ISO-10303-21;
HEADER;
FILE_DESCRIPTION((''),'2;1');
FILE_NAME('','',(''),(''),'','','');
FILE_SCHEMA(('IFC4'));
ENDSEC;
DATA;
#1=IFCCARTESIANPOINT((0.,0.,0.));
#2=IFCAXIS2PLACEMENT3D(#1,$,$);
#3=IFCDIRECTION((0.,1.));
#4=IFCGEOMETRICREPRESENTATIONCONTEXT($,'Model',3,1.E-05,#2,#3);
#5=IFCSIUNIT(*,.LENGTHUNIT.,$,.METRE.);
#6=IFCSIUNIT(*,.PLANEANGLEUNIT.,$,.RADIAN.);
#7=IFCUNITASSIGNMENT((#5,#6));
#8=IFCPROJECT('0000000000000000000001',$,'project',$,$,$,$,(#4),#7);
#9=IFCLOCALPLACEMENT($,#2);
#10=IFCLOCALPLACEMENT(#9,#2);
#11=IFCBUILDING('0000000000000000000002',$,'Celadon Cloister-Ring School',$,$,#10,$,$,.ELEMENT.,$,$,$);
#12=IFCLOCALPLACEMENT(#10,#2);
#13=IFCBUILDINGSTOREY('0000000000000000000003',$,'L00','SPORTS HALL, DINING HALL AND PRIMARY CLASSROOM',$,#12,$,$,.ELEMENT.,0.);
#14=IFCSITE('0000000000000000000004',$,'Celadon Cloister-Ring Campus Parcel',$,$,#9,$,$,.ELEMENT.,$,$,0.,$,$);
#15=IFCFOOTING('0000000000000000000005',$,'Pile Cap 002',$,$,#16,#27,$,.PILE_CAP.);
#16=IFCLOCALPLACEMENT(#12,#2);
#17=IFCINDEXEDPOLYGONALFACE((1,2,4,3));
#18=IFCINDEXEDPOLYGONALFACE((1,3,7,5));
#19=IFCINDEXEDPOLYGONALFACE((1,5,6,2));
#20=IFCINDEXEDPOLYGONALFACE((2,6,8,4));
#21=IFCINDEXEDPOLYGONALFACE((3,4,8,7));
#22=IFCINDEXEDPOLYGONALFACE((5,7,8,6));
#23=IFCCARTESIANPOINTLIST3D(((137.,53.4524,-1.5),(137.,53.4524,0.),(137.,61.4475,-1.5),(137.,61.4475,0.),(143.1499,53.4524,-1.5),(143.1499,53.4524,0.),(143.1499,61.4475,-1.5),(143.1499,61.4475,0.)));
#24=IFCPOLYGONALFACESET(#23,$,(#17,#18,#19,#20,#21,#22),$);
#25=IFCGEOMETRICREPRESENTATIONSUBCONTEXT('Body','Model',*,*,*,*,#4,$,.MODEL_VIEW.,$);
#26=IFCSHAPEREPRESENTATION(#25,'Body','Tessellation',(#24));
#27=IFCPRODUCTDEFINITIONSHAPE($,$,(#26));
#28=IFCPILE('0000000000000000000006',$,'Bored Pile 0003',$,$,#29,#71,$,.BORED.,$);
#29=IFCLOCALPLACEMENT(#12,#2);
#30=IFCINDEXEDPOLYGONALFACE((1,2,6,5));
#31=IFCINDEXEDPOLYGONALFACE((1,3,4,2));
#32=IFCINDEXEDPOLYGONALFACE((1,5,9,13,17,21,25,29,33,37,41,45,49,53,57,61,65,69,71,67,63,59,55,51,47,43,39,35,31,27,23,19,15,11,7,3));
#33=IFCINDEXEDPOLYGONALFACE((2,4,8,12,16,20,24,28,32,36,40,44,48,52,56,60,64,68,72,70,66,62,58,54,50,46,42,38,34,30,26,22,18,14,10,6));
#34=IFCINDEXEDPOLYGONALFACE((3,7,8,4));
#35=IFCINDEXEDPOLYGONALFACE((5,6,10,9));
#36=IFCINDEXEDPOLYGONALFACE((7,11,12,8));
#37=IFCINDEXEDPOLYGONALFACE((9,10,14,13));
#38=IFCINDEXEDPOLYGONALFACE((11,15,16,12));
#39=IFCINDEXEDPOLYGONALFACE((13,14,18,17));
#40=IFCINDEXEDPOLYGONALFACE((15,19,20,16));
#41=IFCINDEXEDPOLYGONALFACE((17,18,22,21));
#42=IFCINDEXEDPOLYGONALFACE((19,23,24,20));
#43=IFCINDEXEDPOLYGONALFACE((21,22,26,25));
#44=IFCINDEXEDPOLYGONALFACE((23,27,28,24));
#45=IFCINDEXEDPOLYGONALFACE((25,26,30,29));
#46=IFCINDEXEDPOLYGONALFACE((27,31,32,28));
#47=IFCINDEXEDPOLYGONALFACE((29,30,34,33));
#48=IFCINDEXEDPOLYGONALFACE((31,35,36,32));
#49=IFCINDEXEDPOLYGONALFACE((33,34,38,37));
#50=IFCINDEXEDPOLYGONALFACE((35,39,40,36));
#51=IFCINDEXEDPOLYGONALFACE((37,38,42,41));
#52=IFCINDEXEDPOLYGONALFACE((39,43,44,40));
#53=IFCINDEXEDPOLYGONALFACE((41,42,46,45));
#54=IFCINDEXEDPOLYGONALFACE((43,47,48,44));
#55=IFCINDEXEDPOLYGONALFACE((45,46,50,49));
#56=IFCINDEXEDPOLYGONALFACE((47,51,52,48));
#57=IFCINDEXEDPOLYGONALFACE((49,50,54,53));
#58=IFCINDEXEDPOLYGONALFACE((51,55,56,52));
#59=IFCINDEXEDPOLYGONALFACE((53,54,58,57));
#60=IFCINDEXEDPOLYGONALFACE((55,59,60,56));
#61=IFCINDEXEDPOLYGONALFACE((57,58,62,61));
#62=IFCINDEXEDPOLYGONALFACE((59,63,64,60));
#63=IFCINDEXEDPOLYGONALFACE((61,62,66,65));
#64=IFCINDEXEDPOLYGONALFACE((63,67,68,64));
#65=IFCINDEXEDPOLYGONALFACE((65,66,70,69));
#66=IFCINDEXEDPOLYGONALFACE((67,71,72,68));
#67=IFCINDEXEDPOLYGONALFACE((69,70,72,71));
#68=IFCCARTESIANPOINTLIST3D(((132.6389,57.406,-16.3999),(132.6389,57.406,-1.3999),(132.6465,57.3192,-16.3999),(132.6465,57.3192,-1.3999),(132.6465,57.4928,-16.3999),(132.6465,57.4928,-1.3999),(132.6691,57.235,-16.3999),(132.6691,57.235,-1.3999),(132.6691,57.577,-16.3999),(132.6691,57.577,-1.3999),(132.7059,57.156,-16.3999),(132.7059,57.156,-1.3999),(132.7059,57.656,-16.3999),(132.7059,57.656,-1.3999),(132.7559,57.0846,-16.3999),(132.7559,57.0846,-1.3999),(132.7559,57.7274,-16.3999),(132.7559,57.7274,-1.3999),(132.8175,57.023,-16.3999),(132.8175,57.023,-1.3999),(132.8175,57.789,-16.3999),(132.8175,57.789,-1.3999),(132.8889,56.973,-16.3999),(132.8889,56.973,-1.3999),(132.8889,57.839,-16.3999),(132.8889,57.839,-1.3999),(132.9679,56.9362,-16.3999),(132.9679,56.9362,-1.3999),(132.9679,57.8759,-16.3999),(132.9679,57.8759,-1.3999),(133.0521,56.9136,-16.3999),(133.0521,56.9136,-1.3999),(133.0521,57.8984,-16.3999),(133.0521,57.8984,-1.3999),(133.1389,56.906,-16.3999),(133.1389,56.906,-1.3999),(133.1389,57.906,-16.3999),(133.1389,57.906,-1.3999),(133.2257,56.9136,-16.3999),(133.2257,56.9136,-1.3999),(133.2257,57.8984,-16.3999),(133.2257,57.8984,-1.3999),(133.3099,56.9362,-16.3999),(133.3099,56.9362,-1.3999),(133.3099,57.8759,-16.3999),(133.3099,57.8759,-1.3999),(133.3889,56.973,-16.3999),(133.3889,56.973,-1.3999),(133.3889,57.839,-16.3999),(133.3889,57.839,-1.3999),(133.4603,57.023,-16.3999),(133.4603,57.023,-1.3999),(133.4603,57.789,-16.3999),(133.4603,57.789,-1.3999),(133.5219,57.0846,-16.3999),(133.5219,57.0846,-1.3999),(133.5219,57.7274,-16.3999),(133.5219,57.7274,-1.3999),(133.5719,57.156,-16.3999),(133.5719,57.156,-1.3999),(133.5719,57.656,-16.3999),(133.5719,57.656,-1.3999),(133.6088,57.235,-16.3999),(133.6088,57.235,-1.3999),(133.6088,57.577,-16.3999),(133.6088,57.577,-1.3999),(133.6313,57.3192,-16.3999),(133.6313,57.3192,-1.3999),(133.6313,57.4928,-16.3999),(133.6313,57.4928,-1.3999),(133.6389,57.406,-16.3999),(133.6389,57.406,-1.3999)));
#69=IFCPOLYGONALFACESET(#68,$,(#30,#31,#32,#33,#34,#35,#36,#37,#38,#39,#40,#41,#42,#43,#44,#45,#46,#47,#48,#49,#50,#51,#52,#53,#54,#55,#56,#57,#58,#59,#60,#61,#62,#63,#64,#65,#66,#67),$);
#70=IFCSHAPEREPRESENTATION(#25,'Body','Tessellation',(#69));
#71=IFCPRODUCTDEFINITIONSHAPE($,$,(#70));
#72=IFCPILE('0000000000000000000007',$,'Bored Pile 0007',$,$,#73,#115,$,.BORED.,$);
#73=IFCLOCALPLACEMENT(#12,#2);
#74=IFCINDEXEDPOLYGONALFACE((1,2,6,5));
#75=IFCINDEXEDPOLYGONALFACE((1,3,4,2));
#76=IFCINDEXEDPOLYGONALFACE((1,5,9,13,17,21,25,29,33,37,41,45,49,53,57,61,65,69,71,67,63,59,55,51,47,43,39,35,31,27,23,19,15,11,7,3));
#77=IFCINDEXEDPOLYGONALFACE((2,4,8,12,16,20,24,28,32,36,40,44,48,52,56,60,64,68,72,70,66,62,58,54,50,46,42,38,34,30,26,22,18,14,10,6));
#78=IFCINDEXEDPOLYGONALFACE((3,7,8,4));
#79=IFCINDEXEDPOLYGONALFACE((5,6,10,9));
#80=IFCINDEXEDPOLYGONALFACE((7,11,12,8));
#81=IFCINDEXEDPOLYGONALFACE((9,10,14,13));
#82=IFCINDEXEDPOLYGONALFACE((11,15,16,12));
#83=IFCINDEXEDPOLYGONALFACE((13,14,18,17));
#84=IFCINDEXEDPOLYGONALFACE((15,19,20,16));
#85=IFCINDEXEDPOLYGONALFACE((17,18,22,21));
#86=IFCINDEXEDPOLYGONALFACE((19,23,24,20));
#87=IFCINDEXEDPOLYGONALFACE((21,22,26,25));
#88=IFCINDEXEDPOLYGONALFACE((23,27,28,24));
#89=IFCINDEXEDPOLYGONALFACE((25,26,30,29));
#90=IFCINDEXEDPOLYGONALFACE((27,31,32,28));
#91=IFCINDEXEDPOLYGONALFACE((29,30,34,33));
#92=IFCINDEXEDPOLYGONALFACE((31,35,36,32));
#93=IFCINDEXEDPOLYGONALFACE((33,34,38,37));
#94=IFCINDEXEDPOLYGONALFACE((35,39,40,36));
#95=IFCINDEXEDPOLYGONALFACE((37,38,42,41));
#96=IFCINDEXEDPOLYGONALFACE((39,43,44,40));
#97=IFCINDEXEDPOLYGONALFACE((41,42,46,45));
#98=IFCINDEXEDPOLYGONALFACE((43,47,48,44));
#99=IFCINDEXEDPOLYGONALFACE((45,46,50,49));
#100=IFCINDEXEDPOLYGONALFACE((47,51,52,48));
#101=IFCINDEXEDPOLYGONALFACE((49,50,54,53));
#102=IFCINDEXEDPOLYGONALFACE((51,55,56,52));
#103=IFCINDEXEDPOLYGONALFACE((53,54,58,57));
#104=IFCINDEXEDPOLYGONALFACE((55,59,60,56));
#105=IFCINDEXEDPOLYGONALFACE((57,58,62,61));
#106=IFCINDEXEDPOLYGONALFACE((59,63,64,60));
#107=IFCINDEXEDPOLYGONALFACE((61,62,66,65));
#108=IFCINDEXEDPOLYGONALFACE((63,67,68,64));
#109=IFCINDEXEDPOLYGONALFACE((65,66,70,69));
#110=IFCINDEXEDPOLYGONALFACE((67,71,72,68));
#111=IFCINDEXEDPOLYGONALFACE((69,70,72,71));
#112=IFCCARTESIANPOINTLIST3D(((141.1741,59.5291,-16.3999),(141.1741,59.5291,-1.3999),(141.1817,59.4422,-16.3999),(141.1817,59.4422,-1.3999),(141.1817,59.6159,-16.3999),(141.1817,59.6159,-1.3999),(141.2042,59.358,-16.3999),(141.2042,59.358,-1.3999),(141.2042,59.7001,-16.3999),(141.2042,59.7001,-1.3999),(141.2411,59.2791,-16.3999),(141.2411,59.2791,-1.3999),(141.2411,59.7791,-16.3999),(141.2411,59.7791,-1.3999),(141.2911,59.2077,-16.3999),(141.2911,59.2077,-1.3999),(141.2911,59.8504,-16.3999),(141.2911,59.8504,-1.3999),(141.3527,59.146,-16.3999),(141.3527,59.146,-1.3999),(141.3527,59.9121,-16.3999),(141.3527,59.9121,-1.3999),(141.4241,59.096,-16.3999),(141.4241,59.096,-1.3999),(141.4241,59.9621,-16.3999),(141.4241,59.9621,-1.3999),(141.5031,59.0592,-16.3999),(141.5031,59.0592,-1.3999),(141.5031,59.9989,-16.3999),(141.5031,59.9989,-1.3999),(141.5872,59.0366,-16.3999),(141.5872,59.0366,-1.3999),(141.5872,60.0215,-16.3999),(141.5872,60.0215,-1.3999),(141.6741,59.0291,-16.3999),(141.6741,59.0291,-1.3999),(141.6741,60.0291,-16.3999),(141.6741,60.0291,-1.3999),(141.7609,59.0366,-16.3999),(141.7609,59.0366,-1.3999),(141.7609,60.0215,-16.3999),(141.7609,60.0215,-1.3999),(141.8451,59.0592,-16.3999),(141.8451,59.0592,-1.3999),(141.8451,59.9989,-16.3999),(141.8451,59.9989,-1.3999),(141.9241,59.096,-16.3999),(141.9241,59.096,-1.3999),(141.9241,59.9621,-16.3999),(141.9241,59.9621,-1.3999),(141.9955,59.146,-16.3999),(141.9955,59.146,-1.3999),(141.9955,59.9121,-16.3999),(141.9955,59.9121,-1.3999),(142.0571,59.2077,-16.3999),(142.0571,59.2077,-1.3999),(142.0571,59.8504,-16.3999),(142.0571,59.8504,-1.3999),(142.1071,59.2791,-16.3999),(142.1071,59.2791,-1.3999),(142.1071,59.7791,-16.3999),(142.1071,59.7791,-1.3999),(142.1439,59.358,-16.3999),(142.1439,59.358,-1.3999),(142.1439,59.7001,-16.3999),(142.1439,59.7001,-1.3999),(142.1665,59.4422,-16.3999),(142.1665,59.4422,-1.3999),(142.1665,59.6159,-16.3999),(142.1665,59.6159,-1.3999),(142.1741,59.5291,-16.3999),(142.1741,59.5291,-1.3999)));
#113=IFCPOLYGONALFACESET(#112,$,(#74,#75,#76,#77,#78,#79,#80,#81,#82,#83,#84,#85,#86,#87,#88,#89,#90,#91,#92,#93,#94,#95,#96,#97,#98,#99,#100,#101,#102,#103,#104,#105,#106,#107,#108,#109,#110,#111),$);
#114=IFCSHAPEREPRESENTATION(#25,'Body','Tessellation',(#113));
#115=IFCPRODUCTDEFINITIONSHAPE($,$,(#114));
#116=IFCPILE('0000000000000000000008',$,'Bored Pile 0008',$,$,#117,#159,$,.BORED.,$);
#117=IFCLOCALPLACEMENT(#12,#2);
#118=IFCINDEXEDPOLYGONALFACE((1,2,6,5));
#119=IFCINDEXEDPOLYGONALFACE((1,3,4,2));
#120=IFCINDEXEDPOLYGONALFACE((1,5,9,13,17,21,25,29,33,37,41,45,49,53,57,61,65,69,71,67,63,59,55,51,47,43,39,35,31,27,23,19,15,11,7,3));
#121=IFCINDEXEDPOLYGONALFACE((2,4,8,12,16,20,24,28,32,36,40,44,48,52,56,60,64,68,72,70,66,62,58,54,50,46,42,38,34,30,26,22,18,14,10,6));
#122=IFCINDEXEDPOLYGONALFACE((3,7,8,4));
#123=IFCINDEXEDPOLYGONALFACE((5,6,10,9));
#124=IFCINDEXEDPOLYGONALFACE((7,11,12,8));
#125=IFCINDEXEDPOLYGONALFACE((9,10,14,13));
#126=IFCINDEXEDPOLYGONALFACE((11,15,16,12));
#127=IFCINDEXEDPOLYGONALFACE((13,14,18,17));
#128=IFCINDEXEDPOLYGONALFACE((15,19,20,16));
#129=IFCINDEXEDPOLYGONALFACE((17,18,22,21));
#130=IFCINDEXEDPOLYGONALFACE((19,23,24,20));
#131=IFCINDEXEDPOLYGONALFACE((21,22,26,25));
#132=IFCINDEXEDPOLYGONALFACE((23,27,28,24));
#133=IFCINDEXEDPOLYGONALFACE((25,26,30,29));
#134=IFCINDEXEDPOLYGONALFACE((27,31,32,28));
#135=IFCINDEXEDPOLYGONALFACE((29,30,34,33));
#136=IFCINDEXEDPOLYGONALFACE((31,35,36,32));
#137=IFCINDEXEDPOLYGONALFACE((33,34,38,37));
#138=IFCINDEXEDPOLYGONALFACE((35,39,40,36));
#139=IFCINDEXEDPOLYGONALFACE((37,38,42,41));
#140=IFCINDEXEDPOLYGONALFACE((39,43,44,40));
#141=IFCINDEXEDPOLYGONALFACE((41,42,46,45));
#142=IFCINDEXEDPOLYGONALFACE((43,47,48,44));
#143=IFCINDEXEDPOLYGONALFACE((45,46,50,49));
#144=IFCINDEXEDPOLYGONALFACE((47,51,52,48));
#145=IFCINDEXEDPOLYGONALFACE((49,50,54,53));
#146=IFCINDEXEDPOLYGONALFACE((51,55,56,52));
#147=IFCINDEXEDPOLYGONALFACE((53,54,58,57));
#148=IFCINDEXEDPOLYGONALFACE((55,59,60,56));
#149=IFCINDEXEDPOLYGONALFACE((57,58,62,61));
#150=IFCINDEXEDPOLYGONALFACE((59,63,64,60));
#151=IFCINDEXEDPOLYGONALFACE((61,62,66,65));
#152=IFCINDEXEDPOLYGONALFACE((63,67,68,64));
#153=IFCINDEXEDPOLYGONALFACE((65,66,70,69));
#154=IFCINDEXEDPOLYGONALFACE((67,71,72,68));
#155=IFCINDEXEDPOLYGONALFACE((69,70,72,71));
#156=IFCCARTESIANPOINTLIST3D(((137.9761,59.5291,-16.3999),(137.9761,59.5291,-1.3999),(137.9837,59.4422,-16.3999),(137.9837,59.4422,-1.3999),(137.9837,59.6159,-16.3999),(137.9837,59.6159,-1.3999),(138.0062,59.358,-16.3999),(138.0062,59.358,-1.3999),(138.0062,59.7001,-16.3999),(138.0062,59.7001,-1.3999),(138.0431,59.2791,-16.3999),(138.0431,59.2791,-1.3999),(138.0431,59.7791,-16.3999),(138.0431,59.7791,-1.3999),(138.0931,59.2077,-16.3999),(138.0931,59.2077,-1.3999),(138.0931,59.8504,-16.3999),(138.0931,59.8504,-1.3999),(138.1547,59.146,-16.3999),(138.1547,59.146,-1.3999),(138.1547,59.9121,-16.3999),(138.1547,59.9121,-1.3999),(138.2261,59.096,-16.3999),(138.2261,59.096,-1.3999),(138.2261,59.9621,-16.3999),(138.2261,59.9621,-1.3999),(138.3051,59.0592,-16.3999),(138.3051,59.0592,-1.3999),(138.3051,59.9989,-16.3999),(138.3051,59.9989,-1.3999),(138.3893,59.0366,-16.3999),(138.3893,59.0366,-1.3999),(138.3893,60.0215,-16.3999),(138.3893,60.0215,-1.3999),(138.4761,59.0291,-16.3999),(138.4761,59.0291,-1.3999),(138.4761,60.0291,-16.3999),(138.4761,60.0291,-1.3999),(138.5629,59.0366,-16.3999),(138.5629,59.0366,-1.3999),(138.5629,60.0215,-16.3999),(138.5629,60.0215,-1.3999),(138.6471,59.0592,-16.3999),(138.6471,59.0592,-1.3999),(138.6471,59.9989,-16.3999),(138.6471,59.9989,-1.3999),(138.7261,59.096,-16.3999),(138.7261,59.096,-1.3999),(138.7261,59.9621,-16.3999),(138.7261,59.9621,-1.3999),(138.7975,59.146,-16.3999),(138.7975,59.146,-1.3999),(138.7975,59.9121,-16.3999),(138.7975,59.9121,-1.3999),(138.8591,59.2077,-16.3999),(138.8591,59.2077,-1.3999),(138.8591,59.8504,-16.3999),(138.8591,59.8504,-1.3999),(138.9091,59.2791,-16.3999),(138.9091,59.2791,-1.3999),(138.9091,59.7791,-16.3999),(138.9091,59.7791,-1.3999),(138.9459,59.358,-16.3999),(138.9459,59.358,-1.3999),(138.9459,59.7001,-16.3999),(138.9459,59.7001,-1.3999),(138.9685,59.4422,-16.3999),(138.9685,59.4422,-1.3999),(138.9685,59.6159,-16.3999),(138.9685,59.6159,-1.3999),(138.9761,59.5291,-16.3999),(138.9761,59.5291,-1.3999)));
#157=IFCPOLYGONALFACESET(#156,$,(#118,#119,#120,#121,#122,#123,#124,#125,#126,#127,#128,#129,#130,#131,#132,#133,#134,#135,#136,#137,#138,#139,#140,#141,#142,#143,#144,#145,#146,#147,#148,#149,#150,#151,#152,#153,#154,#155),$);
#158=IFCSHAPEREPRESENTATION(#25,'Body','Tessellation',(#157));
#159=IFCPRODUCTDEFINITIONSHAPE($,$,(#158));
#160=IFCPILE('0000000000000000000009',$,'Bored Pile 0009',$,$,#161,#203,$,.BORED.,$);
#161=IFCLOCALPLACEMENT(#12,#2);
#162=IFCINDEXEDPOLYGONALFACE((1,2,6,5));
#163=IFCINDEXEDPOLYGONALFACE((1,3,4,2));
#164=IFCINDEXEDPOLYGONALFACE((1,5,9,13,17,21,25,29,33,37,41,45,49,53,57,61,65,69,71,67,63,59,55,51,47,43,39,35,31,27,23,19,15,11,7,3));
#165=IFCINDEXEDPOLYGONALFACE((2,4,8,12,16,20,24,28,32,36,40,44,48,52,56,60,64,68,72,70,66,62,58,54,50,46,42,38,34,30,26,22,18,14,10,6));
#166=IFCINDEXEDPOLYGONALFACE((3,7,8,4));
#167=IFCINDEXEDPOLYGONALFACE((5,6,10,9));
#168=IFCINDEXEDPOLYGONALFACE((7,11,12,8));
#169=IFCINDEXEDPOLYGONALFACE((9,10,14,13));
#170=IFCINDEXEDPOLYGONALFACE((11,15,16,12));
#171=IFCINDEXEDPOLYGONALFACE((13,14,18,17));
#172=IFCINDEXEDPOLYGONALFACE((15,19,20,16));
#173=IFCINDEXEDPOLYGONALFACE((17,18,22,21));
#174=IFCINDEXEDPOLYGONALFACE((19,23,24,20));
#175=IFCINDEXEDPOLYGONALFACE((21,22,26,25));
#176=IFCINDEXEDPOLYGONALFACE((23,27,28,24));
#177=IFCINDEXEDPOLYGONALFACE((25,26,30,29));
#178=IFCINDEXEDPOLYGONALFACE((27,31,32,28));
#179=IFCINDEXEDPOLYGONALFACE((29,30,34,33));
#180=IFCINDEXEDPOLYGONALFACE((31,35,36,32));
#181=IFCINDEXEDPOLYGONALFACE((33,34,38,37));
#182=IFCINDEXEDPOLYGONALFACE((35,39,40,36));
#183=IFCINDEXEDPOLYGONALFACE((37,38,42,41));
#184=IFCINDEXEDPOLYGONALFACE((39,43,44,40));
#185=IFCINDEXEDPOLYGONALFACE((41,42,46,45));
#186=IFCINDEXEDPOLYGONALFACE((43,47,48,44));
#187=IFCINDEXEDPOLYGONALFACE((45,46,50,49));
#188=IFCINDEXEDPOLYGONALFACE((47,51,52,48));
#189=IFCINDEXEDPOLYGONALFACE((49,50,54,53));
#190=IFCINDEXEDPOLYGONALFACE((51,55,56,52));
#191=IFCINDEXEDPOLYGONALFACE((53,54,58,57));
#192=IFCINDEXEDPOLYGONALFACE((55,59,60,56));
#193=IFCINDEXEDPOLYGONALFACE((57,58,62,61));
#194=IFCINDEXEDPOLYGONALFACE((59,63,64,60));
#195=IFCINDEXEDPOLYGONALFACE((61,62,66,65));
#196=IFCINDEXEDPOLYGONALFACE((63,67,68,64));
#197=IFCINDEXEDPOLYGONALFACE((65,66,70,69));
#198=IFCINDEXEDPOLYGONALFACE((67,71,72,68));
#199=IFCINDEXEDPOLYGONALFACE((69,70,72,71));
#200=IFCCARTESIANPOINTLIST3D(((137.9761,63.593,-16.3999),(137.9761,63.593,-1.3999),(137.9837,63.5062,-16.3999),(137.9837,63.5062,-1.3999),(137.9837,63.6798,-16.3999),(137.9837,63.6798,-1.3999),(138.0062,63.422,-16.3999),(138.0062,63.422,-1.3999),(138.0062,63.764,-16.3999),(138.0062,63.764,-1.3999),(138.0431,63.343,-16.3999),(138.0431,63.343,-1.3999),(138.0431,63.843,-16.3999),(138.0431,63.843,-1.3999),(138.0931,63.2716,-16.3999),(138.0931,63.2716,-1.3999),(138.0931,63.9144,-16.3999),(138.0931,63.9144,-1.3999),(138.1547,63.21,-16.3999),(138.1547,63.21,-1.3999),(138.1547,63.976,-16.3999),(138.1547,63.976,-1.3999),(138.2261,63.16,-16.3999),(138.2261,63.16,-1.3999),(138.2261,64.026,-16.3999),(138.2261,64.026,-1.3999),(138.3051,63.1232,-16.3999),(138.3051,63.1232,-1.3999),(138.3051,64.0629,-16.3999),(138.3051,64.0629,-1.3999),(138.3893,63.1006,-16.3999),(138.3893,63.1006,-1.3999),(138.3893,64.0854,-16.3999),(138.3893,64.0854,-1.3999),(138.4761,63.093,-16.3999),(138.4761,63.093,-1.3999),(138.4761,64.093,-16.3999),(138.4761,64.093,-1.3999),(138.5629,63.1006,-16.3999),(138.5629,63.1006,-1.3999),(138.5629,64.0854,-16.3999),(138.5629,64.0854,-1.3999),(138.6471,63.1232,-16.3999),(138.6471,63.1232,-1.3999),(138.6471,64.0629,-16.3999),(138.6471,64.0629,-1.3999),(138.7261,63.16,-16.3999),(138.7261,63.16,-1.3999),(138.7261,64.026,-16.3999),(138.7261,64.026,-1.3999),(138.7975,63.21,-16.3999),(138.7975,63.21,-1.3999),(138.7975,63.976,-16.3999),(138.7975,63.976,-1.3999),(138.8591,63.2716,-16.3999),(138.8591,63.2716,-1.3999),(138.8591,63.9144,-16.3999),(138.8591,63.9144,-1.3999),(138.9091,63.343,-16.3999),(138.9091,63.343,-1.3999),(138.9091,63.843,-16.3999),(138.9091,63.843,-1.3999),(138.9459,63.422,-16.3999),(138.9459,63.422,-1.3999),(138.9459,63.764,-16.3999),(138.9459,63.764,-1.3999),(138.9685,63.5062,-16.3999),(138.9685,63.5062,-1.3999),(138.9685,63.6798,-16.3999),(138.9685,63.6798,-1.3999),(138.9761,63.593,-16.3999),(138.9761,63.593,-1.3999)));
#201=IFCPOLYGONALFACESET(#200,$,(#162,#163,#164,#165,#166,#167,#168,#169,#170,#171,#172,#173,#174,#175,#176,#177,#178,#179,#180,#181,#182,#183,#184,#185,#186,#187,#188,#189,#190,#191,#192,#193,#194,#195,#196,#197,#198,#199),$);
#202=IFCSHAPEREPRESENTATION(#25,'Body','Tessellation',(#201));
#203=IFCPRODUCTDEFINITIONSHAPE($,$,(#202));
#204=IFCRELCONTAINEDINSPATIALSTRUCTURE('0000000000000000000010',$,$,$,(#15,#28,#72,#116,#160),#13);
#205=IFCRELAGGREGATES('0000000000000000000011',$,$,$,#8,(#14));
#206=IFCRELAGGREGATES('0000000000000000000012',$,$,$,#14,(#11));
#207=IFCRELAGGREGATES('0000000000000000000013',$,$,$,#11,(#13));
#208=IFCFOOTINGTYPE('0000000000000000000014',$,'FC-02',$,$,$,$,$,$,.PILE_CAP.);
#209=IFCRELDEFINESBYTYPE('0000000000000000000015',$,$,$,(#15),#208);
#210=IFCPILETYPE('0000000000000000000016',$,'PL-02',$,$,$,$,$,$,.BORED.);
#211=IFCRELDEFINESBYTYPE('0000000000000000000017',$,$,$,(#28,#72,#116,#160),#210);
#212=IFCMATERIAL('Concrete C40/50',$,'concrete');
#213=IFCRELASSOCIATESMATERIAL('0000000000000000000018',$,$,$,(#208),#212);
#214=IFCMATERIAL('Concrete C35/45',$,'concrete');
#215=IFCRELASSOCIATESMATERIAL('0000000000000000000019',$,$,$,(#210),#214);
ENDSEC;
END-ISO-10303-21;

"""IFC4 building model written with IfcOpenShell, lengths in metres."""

from ifc_helpers import new_model, si_unit, direction, frame, origin, origin_2d, place, context, subcontext, project, spatial, rectangle, circle, extrude, material, material_profile, profile_set, type_object, element, save


model = new_model("IFC4")

# Units and contexts
model_context = context("Model", 3, precision=1e-05, world=origin(), true_north=direction((0.0, 1.0)))
body_context = subcontext(model_context, "Body", "Model", "MODEL_VIEW")
ifc_project = project(units=[si_unit("LENGTHUNIT", "METRE"), si_unit("PLANEANGLEUNIT", "RADIAN")], contexts=[model_context])

# Site, building, storey
site_placement = place(None, origin())
site = spatial("IfcSite", under=ifc_project, at=site_placement, Name="Celadon Cloister-Ring Campus Parcel", CompositionType="ELEMENT", RefElevation=0.0)
building_placement = place(site_placement, origin())
building = spatial("IfcBuilding", under=site, at=building_placement, Name="Celadon Cloister-Ring School", CompositionType="ELEMENT")
storey_placement = place(building_placement, origin())
storey = spatial("IfcBuildingStorey", under=building, at=storey_placement, Name="L00", Description="SPORTS HALL, DINING HALL AND PRIMARY CLASSROOM", CompositionType="ELEMENT", Elevation=0.0)

# Footing
ifc_material_1 = material(Name="Concrete C40/50", Category="concrete")
footing_type = type_object("IfcFootingType", Name="FC-02", PredefinedType="PILE_CAP", material=ifc_material_1)
footing_placement = place(storey_placement, frame((140.075, 57.45, -1.5), z_axis=(0.0, 0.0, 1.0), x_axis=(1.0, 0.0, 0.0)))
element("IfcFooting", 1, at=footing_placement, inside=storey, type_object=footing_type, Name="Pile Cap 002", PredefinedType="PILE_CAP", context=body_context, shape_type="SweptSolid", body=[
    extrude(rectangle(XDim=6.1499, YDim=7.9951, at=origin_2d()), origin(), (0.0, 0.0, 1.0), 1.5),
])

# Piles
ifc_material_2 = material(Name="Concrete C35/45", Category="concrete")
ifc_material_profile_1 = material_profile(ifc_material_2, circle(Radius=0.5, at=origin_2d()), Name="PILE1000")
ifc_profile_set_1 = profile_set([ifc_material_profile_1], Name="Concrete C35/45")
pile_type = type_object("IfcPileType", Name="PL-02", PredefinedType="BORED", material=ifc_profile_set_1)
for number, where, z_axis, x_axis, name in (
    (2, (133.1389, 57.406, -1.3999), (0.0, 0.0, -1.0), (1.0, 0.0, 0.0), "Bored Pile 0003"),
    (3, (141.6741, 59.5291, -1.3999), (0.0, 0.0, -1.0), (1.0, 0.0, 0.0), "Bored Pile 0007"),
    (4, (138.4761, 59.5291, -1.3999), (0.0, 0.0, -1.0), (1.0, 0.0, 0.0), "Bored Pile 0008"),
    (5, (138.4761, 63.593, -1.3999), (0.0, 0.0, -1.0), (1.0, 0.0, 0.0), "Bored Pile 0009"),
):
    element("IfcPile", number, at=place(storey_placement, frame(where, z_axis=z_axis, x_axis=x_axis)), inside=storey, type_object=pile_type, Name=name, PredefinedType="BORED", context=body_context, shape_type="SweptSolid", body=[
        extrude(circle(Radius=0.5, at=origin_2d()), origin(), (0.0, 0.0, 1.0), 15.0),
    ])

save(model, "model.ifc")
